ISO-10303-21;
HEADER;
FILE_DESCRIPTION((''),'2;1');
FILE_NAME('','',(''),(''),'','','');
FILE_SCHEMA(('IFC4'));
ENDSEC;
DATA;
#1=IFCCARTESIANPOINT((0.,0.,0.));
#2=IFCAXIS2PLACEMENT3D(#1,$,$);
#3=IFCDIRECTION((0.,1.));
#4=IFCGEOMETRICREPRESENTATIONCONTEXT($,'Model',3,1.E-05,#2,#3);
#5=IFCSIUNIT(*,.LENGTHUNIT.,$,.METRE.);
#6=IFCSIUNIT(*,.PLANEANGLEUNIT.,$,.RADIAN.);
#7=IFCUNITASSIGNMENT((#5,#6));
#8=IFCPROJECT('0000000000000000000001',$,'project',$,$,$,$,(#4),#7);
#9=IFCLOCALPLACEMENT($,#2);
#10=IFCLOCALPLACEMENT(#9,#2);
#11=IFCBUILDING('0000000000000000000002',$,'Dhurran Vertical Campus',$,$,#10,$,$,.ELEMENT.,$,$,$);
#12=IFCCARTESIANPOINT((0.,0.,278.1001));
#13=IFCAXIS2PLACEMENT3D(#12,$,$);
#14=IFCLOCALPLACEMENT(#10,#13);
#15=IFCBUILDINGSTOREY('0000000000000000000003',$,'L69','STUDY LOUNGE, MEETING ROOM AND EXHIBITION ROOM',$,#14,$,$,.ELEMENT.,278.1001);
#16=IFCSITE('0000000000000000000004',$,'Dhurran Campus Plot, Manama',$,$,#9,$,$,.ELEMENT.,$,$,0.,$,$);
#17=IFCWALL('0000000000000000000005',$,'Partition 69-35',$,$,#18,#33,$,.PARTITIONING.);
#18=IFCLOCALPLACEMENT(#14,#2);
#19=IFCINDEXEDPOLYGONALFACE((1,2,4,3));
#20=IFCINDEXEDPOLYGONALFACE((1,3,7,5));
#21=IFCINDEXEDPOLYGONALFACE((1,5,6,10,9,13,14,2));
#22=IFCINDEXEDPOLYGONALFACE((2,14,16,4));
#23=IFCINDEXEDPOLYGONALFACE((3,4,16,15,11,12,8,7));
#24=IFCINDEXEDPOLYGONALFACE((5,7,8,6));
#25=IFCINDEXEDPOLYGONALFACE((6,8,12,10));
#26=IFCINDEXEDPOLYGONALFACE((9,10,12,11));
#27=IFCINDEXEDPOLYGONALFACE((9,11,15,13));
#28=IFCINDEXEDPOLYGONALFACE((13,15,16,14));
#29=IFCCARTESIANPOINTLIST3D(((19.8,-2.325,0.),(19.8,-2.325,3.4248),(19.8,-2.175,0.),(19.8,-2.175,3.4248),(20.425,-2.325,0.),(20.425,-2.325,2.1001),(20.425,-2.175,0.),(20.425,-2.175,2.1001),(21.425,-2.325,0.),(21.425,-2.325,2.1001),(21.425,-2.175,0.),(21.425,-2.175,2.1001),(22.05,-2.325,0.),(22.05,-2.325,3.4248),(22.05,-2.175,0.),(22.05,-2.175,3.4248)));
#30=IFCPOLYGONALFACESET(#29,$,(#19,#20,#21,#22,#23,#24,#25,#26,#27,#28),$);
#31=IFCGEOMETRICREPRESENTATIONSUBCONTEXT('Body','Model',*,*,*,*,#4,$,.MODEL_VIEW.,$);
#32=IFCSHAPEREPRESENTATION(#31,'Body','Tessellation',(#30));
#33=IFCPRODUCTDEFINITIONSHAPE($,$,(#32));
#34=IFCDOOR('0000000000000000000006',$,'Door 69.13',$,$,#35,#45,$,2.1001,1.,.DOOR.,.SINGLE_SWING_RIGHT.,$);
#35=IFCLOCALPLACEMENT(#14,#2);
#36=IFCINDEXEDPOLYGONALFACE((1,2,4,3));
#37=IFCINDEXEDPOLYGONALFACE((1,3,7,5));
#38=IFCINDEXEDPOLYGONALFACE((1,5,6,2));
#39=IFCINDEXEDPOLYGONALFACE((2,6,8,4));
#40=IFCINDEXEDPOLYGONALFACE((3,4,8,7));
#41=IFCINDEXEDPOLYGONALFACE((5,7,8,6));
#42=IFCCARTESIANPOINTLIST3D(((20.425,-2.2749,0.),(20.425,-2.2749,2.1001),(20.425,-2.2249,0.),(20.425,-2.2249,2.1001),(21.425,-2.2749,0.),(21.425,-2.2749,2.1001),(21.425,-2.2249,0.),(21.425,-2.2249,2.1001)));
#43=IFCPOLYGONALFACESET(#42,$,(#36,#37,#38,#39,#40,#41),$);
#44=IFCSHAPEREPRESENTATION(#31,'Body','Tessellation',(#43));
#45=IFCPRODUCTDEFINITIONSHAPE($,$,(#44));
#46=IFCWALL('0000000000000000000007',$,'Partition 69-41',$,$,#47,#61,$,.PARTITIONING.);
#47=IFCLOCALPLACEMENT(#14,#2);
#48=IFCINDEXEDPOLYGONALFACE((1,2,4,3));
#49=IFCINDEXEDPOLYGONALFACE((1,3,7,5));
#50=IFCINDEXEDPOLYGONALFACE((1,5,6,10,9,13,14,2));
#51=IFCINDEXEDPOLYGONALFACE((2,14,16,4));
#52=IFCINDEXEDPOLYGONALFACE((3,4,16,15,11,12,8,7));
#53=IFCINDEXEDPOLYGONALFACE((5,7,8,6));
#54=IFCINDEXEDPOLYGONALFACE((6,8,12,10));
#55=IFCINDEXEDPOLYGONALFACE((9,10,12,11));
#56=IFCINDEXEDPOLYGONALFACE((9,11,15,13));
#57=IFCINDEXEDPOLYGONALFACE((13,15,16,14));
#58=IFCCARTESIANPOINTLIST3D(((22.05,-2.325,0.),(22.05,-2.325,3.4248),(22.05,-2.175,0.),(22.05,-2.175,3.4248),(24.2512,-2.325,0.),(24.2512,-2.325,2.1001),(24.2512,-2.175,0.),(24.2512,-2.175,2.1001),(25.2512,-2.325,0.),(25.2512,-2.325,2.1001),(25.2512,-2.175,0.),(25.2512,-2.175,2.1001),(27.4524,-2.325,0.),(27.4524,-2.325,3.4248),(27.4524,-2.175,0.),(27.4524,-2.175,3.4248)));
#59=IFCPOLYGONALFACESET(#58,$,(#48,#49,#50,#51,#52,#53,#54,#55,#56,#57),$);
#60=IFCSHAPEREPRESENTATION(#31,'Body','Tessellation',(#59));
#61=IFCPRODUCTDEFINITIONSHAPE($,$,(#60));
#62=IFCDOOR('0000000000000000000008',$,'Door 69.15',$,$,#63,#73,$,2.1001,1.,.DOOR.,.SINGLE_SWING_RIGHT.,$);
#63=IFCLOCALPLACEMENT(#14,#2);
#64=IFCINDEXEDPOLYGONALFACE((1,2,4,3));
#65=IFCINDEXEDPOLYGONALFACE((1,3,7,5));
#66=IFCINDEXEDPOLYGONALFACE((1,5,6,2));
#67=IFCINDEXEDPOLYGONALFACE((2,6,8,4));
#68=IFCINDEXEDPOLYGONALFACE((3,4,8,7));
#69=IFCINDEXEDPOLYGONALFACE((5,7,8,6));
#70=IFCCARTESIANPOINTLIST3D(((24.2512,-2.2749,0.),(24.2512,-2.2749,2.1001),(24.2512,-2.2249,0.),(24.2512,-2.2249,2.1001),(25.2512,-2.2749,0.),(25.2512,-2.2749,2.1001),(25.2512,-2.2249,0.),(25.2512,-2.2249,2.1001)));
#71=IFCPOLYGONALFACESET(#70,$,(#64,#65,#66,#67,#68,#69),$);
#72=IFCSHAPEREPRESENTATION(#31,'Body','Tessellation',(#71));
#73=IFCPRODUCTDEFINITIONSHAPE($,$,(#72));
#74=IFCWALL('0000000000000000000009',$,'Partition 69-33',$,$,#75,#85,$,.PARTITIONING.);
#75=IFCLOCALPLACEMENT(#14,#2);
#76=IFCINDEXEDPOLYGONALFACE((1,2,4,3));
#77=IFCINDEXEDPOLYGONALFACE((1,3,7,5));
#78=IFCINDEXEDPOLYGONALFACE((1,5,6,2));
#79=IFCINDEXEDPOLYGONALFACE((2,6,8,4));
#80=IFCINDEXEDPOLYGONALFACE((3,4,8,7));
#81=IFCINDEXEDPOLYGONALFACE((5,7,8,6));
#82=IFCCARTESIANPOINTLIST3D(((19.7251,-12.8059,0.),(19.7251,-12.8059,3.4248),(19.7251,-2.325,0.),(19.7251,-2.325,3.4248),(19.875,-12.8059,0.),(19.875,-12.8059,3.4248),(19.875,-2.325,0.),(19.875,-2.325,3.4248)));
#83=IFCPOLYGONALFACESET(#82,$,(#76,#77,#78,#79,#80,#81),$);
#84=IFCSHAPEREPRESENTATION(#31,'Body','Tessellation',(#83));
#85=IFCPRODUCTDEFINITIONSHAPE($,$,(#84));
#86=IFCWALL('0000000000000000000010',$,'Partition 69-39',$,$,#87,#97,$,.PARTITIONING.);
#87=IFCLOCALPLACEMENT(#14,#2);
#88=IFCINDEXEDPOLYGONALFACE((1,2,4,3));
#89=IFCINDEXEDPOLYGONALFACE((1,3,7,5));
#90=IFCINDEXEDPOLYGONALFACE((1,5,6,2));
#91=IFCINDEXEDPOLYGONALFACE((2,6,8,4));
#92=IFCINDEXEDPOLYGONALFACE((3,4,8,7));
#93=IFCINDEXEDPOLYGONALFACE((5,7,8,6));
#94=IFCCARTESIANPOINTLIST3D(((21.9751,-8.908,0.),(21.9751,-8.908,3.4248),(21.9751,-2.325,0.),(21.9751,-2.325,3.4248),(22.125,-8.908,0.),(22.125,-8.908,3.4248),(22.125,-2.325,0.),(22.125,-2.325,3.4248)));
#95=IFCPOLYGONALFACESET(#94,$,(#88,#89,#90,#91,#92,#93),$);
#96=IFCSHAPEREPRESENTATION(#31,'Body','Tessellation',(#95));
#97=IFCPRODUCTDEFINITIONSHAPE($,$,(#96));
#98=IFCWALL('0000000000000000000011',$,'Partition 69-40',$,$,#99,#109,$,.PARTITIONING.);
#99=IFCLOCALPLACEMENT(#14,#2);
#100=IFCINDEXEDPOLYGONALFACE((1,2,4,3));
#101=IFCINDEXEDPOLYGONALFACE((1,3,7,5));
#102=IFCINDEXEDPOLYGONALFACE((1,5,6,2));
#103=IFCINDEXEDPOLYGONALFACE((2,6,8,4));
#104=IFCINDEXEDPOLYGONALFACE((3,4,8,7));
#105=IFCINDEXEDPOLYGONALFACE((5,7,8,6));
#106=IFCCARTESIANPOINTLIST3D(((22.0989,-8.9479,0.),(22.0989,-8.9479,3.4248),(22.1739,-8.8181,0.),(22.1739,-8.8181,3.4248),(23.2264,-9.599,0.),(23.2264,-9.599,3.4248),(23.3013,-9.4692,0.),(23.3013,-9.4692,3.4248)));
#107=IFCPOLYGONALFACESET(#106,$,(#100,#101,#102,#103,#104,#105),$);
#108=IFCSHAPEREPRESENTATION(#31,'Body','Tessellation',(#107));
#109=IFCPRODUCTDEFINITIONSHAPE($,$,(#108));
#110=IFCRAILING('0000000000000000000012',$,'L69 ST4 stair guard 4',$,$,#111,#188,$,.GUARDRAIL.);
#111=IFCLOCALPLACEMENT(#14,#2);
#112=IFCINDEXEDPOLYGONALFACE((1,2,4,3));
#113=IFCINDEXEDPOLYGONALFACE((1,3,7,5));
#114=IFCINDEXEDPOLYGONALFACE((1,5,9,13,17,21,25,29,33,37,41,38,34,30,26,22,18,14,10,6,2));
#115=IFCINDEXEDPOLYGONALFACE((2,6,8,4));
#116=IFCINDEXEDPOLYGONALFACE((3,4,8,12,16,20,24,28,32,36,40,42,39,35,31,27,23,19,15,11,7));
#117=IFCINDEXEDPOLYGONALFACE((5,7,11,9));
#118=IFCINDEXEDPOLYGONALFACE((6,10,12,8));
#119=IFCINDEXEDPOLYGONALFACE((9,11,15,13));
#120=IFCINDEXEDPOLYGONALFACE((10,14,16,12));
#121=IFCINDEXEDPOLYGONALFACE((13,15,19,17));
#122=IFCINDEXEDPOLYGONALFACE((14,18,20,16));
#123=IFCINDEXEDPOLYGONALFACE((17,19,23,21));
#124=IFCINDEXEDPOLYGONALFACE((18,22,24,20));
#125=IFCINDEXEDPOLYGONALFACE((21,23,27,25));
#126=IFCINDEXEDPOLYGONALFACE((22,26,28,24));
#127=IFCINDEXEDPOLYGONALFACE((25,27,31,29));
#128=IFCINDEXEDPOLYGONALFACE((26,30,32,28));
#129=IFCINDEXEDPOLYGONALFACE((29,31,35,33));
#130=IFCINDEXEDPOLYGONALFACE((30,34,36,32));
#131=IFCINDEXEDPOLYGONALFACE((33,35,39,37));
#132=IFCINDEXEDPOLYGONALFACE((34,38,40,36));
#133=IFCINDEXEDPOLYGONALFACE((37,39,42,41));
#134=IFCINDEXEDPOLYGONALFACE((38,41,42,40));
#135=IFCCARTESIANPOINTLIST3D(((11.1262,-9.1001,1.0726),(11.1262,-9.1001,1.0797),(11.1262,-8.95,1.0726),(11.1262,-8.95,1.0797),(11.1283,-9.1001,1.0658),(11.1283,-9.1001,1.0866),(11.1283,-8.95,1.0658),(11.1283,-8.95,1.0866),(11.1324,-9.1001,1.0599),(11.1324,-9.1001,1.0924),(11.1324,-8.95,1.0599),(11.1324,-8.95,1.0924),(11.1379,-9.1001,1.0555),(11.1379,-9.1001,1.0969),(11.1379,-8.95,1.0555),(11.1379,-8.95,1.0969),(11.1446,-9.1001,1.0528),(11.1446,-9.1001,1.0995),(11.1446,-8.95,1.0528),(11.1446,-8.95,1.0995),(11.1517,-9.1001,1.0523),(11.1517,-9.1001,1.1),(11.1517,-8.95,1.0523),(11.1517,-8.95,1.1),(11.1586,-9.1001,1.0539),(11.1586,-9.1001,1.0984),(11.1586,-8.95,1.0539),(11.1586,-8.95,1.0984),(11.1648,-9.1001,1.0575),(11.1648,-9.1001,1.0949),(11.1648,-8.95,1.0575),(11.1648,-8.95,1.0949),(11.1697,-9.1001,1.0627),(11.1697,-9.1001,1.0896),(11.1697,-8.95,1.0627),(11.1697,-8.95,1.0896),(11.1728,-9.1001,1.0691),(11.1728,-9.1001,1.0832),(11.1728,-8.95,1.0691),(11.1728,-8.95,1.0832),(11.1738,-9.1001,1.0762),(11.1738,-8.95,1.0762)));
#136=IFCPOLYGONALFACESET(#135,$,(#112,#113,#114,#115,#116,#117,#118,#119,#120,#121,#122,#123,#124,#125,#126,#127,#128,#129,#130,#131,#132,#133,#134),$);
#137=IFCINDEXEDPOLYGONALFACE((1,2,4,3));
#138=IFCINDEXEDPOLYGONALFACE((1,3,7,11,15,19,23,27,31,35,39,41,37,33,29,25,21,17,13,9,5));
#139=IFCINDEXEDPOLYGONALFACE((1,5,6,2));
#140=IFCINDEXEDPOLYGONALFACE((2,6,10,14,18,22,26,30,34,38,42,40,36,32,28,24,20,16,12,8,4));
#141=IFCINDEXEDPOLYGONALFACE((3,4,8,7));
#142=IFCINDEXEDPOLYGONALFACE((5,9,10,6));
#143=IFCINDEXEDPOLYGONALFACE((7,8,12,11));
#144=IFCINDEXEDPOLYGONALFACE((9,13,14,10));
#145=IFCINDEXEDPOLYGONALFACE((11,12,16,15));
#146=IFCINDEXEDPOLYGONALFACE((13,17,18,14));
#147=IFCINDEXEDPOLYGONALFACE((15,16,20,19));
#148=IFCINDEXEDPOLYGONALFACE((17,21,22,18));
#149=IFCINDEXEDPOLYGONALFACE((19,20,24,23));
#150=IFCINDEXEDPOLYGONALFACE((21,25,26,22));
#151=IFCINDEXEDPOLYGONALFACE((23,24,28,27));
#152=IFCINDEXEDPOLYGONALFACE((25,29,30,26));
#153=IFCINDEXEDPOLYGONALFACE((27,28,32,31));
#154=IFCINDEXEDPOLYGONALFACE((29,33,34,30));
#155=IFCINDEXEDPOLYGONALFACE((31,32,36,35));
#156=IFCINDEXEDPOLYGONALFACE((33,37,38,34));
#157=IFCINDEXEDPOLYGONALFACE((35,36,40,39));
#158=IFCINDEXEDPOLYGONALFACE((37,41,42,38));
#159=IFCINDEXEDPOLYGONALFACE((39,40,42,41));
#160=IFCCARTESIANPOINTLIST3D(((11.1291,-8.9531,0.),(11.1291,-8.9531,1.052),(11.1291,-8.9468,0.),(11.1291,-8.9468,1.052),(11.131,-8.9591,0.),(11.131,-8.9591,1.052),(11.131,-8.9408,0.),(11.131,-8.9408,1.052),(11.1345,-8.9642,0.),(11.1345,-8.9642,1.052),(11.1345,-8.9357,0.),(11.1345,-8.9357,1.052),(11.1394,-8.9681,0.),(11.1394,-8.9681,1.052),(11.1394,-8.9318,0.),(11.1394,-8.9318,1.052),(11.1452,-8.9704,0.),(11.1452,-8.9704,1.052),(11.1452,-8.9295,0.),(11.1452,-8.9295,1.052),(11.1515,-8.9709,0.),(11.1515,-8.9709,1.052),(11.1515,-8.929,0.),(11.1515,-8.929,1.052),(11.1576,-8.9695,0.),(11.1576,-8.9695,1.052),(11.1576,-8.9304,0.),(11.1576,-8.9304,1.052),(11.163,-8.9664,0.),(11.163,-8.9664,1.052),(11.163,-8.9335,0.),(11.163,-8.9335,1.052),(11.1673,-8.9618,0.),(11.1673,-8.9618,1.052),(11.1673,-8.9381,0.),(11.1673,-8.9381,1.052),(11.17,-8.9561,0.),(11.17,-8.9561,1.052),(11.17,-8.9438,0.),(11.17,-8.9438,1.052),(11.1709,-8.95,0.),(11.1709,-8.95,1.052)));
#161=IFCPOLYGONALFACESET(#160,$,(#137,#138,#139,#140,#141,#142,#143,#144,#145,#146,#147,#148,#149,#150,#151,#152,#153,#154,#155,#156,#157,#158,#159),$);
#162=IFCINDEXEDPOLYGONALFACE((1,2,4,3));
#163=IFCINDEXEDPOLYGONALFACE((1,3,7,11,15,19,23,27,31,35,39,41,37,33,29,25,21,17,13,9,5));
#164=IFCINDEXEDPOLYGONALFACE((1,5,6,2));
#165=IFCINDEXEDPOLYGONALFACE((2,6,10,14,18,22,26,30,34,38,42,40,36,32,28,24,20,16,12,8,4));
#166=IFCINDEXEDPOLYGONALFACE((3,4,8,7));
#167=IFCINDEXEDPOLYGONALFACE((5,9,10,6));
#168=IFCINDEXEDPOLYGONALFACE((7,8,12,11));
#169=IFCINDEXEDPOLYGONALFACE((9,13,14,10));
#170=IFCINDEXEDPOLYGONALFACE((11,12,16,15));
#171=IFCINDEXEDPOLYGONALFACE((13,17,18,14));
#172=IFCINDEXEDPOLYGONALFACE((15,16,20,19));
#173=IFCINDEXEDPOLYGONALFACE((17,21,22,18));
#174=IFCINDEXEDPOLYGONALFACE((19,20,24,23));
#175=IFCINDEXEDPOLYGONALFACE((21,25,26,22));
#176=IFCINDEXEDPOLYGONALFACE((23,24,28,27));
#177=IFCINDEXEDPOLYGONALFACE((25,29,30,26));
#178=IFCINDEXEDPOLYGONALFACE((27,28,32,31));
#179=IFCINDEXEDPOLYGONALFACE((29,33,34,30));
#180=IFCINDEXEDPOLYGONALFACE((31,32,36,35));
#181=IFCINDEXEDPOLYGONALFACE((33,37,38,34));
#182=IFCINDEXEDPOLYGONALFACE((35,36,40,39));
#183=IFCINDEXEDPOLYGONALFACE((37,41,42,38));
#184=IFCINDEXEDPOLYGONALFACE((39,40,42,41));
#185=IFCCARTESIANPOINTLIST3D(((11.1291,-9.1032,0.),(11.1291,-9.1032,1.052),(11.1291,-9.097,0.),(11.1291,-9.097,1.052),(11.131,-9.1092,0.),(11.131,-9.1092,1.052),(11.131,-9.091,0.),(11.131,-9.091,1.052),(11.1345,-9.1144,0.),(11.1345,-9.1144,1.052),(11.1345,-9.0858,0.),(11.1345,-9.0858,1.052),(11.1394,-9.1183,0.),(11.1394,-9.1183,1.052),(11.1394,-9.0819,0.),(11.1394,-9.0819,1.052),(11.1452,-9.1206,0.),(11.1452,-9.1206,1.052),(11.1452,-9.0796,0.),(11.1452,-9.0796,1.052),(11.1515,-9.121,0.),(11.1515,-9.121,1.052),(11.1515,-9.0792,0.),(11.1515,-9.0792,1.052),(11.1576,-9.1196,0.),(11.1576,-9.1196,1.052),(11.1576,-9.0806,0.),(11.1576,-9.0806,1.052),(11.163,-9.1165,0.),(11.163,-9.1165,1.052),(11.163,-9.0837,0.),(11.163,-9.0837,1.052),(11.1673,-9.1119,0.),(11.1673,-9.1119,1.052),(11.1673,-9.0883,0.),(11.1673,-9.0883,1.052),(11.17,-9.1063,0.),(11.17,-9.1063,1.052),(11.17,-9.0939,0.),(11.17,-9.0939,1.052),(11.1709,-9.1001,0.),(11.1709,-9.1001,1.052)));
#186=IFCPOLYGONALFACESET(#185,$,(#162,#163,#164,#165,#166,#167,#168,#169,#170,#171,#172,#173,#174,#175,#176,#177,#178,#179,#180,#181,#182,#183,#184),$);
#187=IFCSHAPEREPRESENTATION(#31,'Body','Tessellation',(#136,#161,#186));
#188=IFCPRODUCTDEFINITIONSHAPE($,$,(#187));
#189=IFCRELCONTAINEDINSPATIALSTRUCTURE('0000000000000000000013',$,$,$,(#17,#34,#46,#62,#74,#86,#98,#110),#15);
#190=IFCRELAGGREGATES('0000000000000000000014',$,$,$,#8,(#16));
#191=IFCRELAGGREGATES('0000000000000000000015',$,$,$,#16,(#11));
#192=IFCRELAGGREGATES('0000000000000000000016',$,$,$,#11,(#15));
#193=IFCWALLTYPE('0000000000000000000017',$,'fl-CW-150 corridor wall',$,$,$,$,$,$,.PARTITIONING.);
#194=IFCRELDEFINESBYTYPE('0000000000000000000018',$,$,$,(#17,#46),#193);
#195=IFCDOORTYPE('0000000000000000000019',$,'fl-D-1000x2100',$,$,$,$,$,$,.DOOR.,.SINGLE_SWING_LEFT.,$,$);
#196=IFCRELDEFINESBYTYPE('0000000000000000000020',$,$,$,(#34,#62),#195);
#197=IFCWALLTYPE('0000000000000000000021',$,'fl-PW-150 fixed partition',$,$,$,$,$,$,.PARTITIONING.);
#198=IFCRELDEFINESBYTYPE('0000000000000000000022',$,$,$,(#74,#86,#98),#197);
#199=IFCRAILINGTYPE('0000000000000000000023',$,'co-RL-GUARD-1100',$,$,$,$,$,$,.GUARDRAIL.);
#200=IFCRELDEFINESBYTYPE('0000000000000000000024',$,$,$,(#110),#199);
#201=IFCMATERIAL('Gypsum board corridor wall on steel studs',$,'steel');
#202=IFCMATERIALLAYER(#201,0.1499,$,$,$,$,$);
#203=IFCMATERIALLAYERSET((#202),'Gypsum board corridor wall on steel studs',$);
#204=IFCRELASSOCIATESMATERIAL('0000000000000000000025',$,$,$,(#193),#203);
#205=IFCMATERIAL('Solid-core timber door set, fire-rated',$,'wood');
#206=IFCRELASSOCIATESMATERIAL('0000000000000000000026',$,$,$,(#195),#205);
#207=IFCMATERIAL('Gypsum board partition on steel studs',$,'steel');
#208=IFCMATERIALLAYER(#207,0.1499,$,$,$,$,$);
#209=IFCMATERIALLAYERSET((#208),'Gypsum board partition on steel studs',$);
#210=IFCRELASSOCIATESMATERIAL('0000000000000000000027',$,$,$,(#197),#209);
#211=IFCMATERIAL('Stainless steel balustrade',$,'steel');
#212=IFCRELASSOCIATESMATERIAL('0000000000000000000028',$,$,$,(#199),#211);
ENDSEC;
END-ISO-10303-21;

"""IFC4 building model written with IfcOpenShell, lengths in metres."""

from ifc_helpers import new_model, si_unit, direction, frame, frame_2d, origin, origin_2d, place, context, subcontext, project, spatial, rectangle, circle, extrude, material, layer, layer_set, type_object, element, fill, save


model = new_model("IFC4")

# Units and contexts
model_context = context("Model", 3, precision=1e-05, world=origin(), true_north=direction((0.0, 1.0)))
body_context = subcontext(model_context, "Body", "Model", "MODEL_VIEW")
ifc_project = project(units=[si_unit("LENGTHUNIT", "METRE"), si_unit("PLANEANGLEUNIT", "RADIAN")], contexts=[model_context])

# Site, building, storey
site_placement = place(None, origin())
site = spatial("IfcSite", under=ifc_project, at=site_placement, Name="Dhurran Campus Plot, Manama", CompositionType="ELEMENT", RefElevation=0.0)
building_placement = place(site_placement, origin())
building = spatial("IfcBuilding", under=site, at=building_placement, Name="Dhurran Vertical Campus", CompositionType="ELEMENT")
storey_placement = place(building_placement, frame((0.0, 0.0, 278.1001)))
storey = spatial("IfcBuildingStorey", under=building, at=storey_placement, Name="L69", Description="STUDY LOUNGE, MEETING ROOM AND EXHIBITION ROOM", CompositionType="ELEMENT", Elevation=278.1001)

# Shared definitions
ifc_material_1 = material(Name="Gypsum board corridor wall on steel studs", Category="steel")
ifc_layer_1 = layer(ifc_material_1, 0.1499)
ifc_layer_set_1 = layer_set([ifc_layer_1], Name="Gypsum board corridor wall on steel studs")
wall_type_1 = type_object("IfcWallType", Name="fl-CW-150 corridor wall", PredefinedType="PARTITIONING", material=ifc_layer_set_1)

# Walls, openings, doors
wall_1_placement = place(storey_placement, frame((22.05, -2.25, 0.0), z_axis=(0.0, 0.0, 1.0), x_axis=(-1.0, 0.0, 0.0)))
wall_1 = element("IfcWall", 1, at=wall_1_placement, inside=storey, type_object=wall_type_1, Name="Partition 69-35", PredefinedType="PARTITIONING", context=body_context, shape_type="SweptSolid", body=[
    extrude(rectangle(XDim=2.25, YDim=0.1499, at=frame_2d((1.125, 0.0))), origin(), (0.0, 0.0, 1.0), 3.4248),
])
opening_1_placement = place(wall_1_placement, frame((0.625, 0.0, 0.0)))
opening_1 = element("IfcOpeningElement", 2, at=opening_1_placement, cuts=wall_1, PredefinedType="OPENING", context=body_context, shape_type="SweptSolid", body=[
    extrude(rectangle(XDim=1.0, YDim=2.1001, at=frame_2d((0.5, 1.05))), frame((0.0, 0.085, 0.0), z_axis=(0.0, -1.0, 0.0), x_axis=(1.0, 0.0, 0.0)), (0.0, 0.0, 1.0), 0.1699),
])
ifc_material_2 = material(Name="Solid-core timber door set, fire-rated", Category="wood")
door_type = type_object("IfcDoorType", Name="fl-D-1000x2100", OperationType="SINGLE_SWING_LEFT", PredefinedType="DOOR", material=ifc_material_2)
door_1_placement = place(opening_1_placement, origin())
door_1 = element("IfcDoor", 3, at=door_1_placement, inside=storey, type_object=door_type, Name="Door 69.13", OperationType="SINGLE_SWING_RIGHT", OverallHeight=2.1001, OverallWidth=1.0, PredefinedType="DOOR", context=body_context, shape_type="SweptSolid", body=[
    extrude(rectangle(XDim=1.0, YDim=2.1001, at=frame_2d((0.5, 1.05))), frame((0.0, 0.0249, 0.0), z_axis=(0.0, -1.0, 0.0), x_axis=(1.0, 0.0, 0.0)), (0.0, 0.0, 1.0), 0.05),
])
fill(opening_1, door_1)
wall_2_placement = place(storey_placement, frame((27.4524, -2.25, 0.0), z_axis=(0.0, 0.0, 1.0), x_axis=(-1.0, 0.0, 0.0)))
wall_2 = element("IfcWall", 4, at=wall_2_placement, inside=storey, type_object=wall_type_1, Name="Partition 69-41", PredefinedType="PARTITIONING", context=body_context, shape_type="SweptSolid", body=[
    extrude(rectangle(XDim=5.4023, YDim=0.1499, at=frame_2d((2.7012, 0.0))), origin(), (0.0, 0.0, 1.0), 3.4248),
])
opening_2_placement = place(wall_2_placement, frame((2.2012, 0.0, 0.0)))
opening_2 = element("IfcOpeningElement", 5, at=opening_2_placement, cuts=wall_2, PredefinedType="OPENING", context=body_context, shape_type="SweptSolid", body=[
    extrude(rectangle(XDim=1.0, YDim=2.1001, at=frame_2d((0.5, 1.05))), frame((0.0, 0.085, 0.0), z_axis=(0.0, -1.0, 0.0), x_axis=(1.0, 0.0, 0.0)), (0.0, 0.0, 1.0), 0.1699),
])
door_2_placement = place(opening_2_placement, origin())
door_2 = element("IfcDoor", 6, at=door_2_placement, inside=storey, type_object=door_type, Name="Door 69.15", OperationType="SINGLE_SWING_RIGHT", OverallHeight=2.1001, OverallWidth=1.0, PredefinedType="DOOR", context=body_context, shape_type="SweptSolid", body=[
    extrude(rectangle(XDim=1.0, YDim=2.1001, at=frame_2d((0.5, 1.05))), frame((0.0, 0.0249, 0.0), z_axis=(0.0, -1.0, 0.0), x_axis=(1.0, 0.0, 0.0)), (0.0, 0.0, 1.0), 0.05),
])
fill(opening_2, door_2)

# Walls
ifc_material_3 = material(Name="Gypsum board partition on steel studs", Category="steel")
ifc_layer_2 = layer(ifc_material_3, 0.1499)
ifc_layer_set_2 = layer_set([ifc_layer_2], Name="Gypsum board partition on steel studs")
wall_type_2 = type_object("IfcWallType", Name="fl-PW-150 fixed partition", PredefinedType="PARTITIONING", material=ifc_layer_set_2)
wall_3_placement = place(storey_placement, frame((19.8, -2.325, 0.0), z_axis=(0.0, 0.0, 1.0), x_axis=(0.0, -1.0, 0.0)))
element("IfcWall", 7, at=wall_3_placement, inside=storey, type_object=wall_type_2, Name="Partition 69-33", PredefinedType="PARTITIONING", context=body_context, shape_type="SweptSolid", body=[
    extrude(rectangle(XDim=10.481, YDim=0.1499, at=frame_2d((5.2405, 0.0))), origin(), (0.0, 0.0, 1.0), 3.4248),
])
wall_4_placement = place(storey_placement, frame((22.05, -2.325, 0.0), z_axis=(0.0, 0.0, 1.0), x_axis=(0.0, -1.0, 0.0)))
element("IfcWall", 8, at=wall_4_placement, inside=storey, type_object=wall_type_2, Name="Partition 69-39", PredefinedType="PARTITIONING", context=body_context, shape_type="SweptSolid", body=[
    extrude(rectangle(XDim=6.583, YDim=0.1499, at=frame_2d((3.2915, 0.0))), origin(), (0.0, 0.0, 1.0), 3.4248),
])
wall_5_placement = place(storey_placement, frame((22.1365, -8.8831, 0.0), z_axis=(0.0, 0.0, 1.0), x_axis=(0.865961, -0.500112, 0.0)))
element("IfcWall", 9, at=wall_5_placement, inside=storey, type_object=wall_type_2, Name="Partition 69-40", PredefinedType="PARTITIONING", context=body_context, shape_type="SweptSolid", body=[
    extrude(rectangle(XDim=1.302, YDim=0.1499, at=frame_2d((0.6509, 0.0))), origin(), (0.0, 0.0, 1.0), 3.4248),
])

# Railing
ifc_material_4 = material(Name="Stainless steel balustrade", Category="steel")
railing_type_1 = type_object("IfcRailingType", Name="co-RL-GUARD-1100", PredefinedType="GUARDRAIL", material=ifc_material_4)
railing_1_placement = place(storey_placement, frame((11.1499, -8.95, 0.0)))
element("IfcRailing", 10, at=railing_1_placement, inside=storey, type_object=railing_type_1, Name="L69 ST4 stair guard 4", PredefinedType="GUARDRAIL", context=body_context, shape_type="SweptSolid", body=[
    extrude(circle(Radius=0.0239, at=origin_2d()), frame((0.0, 0.0, 1.0762), z_axis=(0.0, -1.0, 0.0), x_axis=(1.0, 0.0, 0.0)), (0.0, 0.0, 1.0), 0.1501),
    extrude(circle(Radius=0.021, at=origin_2d()), origin(), (0.0, 0.0, 1.0), 1.052),
    extrude(circle(Radius=0.021, at=origin_2d()), frame((0.0, -0.1501, 0.0)), (0.0, 0.0, 1.0), 1.052),
])

save(model, "model.ifc")
